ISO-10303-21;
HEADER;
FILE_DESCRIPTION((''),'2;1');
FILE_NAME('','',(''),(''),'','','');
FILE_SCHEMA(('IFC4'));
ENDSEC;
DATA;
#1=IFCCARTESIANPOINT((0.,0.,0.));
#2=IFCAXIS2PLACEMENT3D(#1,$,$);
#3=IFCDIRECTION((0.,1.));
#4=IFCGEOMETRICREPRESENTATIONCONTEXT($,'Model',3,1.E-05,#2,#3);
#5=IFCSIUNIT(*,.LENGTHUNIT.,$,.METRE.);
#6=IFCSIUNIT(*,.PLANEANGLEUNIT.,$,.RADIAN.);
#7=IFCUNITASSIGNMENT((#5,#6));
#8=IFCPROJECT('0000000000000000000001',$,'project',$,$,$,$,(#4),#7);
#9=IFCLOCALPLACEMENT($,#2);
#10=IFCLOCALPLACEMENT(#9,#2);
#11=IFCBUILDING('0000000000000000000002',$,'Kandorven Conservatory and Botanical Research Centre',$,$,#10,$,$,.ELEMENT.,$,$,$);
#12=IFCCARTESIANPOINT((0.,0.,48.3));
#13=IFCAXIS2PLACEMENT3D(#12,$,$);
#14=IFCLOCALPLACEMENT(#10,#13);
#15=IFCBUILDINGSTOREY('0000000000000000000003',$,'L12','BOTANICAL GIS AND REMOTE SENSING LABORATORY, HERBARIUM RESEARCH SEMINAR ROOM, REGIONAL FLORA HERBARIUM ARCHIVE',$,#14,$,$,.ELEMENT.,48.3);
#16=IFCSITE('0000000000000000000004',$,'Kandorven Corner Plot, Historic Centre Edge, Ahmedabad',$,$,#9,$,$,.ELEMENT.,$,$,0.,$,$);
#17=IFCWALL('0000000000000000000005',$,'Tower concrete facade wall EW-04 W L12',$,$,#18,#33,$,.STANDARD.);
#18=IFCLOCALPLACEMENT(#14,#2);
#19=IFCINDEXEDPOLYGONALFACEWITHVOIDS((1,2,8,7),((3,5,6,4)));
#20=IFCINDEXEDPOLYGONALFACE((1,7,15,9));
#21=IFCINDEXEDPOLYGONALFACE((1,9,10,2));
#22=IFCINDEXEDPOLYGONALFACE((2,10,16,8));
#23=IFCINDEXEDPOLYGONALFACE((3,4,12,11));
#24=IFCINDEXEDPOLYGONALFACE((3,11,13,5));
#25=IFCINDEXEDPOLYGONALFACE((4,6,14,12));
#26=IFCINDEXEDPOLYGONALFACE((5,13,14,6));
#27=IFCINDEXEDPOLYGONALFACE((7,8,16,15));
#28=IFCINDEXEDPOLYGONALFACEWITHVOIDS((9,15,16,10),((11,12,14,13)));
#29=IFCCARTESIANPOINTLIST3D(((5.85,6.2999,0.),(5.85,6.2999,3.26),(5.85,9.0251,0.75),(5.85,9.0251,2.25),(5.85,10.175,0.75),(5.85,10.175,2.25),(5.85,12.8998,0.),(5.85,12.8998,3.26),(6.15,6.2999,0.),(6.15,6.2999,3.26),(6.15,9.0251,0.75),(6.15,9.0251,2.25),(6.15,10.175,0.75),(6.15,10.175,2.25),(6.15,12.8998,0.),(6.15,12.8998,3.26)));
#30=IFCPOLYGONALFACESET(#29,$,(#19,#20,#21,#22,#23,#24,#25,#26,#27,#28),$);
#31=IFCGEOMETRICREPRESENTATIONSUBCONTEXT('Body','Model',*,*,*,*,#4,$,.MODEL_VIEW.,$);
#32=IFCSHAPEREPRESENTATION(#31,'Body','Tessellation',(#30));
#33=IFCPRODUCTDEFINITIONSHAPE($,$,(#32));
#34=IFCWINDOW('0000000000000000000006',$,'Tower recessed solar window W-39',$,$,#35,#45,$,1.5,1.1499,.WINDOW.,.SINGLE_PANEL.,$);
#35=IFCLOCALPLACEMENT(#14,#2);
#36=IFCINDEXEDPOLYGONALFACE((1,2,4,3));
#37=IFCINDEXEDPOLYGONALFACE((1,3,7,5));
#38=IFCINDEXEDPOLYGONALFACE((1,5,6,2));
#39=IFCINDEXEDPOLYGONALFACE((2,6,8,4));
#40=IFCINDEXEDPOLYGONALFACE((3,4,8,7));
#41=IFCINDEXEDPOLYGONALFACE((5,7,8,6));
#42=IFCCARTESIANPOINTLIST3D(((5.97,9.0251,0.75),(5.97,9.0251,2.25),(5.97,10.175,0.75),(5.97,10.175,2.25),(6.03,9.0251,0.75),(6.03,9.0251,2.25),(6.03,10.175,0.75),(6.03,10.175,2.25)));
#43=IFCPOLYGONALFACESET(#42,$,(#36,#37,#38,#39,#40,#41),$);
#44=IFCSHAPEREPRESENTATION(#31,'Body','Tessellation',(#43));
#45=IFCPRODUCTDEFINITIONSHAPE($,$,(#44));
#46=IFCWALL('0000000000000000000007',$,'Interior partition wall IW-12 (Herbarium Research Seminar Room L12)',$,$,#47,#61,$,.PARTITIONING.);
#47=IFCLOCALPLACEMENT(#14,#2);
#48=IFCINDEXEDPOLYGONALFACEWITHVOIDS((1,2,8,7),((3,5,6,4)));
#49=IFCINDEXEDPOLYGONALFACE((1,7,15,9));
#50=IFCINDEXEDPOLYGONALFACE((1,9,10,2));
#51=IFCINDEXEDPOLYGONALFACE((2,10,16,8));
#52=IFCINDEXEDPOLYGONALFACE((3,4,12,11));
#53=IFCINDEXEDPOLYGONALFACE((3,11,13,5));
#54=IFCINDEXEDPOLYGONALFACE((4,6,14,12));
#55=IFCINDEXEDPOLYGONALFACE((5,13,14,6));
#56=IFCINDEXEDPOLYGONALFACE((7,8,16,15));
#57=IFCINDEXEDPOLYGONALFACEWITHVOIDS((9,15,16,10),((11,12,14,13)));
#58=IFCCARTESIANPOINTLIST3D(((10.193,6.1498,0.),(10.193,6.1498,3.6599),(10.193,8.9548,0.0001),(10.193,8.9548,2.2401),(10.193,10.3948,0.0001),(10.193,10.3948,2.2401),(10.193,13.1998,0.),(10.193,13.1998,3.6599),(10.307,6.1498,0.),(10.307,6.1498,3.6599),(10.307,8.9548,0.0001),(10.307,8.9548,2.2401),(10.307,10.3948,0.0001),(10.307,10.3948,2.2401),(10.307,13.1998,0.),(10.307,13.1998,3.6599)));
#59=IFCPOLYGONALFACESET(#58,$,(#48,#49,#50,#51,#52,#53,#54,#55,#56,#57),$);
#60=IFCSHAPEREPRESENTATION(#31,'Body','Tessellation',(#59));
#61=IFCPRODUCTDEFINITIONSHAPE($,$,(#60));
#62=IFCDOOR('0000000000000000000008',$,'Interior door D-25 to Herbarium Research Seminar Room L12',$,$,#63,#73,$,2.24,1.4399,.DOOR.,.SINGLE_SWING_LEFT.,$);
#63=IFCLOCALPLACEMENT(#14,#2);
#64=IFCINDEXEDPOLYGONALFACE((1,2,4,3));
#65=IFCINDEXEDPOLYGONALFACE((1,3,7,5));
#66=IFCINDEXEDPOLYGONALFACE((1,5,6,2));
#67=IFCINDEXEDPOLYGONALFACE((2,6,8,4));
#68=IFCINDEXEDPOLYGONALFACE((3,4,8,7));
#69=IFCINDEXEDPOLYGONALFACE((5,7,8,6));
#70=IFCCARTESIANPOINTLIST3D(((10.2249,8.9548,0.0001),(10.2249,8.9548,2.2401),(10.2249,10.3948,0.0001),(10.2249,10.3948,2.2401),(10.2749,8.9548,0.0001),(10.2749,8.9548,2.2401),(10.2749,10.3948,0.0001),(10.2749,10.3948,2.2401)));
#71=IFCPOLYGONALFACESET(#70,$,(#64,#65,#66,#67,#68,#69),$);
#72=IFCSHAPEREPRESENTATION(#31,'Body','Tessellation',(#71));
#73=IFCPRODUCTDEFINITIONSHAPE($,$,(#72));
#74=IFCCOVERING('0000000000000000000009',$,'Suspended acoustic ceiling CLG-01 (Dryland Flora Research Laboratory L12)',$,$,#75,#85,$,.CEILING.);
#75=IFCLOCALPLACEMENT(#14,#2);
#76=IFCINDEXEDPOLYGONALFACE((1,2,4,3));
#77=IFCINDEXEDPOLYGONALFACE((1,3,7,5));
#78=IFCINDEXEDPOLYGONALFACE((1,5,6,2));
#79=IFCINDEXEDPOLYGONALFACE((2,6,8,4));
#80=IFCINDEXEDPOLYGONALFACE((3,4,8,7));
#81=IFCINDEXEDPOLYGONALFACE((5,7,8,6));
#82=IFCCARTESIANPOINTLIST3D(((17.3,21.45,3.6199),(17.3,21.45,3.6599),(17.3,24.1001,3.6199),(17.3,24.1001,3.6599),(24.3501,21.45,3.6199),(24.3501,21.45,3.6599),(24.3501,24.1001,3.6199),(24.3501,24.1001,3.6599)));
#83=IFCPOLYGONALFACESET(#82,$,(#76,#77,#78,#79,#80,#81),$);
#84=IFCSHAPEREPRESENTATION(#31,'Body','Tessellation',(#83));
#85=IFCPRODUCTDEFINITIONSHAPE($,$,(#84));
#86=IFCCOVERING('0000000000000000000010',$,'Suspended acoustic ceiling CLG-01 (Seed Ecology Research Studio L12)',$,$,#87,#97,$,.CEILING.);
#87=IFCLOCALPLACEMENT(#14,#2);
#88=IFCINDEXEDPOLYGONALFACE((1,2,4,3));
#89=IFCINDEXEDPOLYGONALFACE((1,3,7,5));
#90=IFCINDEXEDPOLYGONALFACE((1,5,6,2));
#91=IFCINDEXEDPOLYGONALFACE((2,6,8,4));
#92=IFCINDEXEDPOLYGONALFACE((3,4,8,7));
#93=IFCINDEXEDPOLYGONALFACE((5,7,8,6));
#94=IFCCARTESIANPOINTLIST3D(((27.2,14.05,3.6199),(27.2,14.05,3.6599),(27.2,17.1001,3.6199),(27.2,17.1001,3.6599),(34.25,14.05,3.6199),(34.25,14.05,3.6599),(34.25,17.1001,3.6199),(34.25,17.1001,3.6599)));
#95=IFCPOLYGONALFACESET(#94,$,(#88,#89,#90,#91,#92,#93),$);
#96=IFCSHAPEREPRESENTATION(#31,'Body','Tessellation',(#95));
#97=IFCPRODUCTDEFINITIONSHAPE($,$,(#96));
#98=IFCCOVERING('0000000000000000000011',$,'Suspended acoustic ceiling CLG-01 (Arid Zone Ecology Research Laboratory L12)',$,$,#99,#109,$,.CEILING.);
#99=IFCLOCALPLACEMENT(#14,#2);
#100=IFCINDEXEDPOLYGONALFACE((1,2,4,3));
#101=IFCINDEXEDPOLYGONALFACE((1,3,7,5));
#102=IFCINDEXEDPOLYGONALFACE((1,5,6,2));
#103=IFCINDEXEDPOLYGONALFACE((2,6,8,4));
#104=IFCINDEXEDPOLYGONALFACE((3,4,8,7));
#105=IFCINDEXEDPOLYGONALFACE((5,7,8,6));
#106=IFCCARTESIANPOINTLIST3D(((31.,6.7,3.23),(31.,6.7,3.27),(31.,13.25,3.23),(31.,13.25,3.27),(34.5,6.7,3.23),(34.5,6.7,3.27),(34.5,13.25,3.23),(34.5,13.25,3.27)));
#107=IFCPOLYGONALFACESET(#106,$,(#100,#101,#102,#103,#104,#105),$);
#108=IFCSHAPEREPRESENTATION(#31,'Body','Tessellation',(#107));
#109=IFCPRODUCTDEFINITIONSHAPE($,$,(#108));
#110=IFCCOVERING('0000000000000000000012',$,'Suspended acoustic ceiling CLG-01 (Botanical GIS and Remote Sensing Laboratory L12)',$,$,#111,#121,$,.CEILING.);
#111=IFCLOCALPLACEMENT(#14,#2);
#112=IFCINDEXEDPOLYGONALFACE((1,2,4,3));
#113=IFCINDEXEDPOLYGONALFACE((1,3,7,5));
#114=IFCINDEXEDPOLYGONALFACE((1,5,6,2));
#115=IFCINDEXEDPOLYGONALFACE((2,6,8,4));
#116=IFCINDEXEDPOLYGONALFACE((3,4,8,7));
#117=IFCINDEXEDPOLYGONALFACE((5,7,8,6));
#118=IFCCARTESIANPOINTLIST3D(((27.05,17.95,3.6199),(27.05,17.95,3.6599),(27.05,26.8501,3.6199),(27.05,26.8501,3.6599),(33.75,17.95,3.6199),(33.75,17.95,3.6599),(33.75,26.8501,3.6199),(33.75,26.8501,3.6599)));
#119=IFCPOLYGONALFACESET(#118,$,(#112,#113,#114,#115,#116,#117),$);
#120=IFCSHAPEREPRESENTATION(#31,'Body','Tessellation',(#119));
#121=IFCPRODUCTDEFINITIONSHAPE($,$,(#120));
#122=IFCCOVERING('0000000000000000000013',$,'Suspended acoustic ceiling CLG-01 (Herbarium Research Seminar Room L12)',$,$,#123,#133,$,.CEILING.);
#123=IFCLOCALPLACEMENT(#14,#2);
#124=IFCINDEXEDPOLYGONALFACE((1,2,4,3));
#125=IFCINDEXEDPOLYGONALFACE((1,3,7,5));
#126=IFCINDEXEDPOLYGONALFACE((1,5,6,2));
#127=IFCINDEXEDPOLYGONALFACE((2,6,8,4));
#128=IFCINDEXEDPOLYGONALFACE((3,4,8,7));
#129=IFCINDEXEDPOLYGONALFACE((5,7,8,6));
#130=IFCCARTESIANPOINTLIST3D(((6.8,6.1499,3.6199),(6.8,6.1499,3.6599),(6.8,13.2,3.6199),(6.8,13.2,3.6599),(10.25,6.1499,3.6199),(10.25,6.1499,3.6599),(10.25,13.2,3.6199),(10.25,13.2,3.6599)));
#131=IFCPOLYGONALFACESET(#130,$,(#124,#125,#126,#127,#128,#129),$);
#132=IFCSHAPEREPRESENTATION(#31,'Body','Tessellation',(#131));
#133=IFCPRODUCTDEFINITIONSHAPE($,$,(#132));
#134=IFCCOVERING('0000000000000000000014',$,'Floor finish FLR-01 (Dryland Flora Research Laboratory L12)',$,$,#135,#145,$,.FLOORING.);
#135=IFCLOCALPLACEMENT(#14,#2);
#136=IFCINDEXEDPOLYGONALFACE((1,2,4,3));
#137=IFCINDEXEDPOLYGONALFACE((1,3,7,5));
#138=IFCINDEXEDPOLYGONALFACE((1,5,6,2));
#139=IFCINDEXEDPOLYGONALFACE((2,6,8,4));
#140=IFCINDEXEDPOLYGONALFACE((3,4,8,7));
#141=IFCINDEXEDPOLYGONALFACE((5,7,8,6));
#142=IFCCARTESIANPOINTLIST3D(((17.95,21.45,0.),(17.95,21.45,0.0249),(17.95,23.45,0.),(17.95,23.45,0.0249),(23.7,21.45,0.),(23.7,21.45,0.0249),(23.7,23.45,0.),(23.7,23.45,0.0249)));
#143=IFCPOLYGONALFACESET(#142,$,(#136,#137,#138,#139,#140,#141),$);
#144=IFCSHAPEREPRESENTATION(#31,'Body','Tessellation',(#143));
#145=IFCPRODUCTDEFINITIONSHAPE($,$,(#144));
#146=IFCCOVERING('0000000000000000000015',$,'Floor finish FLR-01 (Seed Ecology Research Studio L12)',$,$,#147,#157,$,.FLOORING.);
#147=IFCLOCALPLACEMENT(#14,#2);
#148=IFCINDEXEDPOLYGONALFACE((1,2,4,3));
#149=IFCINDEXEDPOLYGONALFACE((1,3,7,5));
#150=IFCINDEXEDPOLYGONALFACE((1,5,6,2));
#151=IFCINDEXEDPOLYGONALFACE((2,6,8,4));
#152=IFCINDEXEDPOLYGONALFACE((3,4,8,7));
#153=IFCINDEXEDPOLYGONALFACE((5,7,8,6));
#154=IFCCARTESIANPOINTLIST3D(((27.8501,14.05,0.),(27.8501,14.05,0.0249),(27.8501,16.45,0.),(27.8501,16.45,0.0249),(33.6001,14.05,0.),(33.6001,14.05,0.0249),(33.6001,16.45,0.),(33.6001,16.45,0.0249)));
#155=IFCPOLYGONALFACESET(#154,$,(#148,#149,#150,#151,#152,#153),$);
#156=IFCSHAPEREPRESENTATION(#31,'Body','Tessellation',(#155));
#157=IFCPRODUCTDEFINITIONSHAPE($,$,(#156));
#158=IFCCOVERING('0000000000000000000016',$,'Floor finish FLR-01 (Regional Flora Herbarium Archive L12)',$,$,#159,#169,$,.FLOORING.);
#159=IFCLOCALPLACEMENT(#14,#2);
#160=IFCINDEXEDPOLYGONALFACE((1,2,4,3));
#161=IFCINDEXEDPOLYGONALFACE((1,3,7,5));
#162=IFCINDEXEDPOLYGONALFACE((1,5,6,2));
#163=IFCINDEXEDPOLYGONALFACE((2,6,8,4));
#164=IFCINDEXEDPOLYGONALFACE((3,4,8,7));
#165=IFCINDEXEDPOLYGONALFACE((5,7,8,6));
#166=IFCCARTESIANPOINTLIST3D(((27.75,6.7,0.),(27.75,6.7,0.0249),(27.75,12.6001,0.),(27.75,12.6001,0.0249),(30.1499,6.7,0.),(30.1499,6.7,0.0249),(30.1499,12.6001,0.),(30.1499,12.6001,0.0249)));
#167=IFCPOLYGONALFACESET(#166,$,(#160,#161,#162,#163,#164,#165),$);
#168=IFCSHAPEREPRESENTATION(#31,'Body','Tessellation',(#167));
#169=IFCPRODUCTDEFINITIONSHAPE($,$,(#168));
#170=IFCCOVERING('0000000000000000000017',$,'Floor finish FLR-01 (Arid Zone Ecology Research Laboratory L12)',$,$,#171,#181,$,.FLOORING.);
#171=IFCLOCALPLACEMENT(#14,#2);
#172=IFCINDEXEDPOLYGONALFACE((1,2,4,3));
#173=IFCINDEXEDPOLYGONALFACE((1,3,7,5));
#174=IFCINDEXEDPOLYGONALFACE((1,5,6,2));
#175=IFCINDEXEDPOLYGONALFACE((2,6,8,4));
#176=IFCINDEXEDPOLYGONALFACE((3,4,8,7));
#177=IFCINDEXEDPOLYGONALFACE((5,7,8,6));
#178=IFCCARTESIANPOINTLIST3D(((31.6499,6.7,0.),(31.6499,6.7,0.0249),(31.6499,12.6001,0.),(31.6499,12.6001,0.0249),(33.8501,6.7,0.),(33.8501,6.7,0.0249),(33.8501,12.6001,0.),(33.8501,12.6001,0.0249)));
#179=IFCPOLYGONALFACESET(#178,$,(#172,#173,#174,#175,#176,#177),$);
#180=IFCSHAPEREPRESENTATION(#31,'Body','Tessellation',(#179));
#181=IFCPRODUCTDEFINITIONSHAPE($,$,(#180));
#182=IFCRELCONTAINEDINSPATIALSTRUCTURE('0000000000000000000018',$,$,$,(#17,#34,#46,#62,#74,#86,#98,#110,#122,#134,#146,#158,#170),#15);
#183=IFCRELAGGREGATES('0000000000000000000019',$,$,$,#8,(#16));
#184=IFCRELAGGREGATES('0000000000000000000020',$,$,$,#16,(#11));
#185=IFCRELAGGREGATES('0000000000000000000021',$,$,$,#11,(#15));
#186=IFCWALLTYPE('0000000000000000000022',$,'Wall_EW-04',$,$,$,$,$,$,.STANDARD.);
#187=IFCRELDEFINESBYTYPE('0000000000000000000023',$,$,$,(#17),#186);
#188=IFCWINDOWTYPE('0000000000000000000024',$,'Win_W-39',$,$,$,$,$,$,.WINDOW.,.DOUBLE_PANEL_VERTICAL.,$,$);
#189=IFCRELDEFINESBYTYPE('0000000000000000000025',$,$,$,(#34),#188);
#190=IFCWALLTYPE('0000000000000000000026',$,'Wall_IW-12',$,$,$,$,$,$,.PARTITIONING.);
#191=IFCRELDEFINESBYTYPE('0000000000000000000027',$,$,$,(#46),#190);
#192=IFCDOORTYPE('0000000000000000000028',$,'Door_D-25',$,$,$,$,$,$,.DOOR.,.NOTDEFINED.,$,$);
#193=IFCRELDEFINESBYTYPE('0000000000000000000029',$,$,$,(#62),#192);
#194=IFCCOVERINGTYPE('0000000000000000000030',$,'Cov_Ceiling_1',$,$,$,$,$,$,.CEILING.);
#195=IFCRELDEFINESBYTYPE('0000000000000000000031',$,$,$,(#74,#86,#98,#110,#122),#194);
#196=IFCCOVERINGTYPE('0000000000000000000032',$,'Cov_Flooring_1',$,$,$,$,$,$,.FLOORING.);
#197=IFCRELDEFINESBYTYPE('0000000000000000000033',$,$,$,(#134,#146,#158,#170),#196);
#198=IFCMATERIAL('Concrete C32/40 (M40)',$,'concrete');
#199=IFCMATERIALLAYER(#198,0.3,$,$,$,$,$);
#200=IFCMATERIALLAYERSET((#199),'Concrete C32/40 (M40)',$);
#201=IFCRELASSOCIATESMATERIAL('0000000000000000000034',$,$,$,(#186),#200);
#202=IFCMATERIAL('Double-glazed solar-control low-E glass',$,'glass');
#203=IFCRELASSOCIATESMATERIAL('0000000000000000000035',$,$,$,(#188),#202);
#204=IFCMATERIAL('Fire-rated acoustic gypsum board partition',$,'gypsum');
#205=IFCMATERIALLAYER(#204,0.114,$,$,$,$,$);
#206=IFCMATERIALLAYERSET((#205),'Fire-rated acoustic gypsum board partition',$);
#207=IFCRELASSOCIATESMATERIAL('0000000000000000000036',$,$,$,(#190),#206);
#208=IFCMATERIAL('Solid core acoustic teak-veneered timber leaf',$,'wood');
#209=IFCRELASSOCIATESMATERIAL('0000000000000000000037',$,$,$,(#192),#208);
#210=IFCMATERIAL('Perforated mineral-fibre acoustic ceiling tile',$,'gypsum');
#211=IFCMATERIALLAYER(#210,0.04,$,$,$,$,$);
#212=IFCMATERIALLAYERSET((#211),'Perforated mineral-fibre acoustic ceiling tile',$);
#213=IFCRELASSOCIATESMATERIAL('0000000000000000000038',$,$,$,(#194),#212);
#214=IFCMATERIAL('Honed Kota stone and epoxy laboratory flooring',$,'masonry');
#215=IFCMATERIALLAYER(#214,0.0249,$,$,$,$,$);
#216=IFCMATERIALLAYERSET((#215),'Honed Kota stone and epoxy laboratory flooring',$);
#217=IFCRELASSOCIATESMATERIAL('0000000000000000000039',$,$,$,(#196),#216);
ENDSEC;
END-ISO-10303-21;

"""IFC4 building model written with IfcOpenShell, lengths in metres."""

from ifc_helpers import new_model, si_unit, direction, frame, frame_2d, origin, place, context, subcontext, project, spatial, polyline, rectangle, outline, extrude, material, layer, layer_set, type_object, element, fill, save


model = new_model("IFC4")

# Units and contexts
model_context = context("Model", 3, precision=1e-05, world=origin(), true_north=direction((0.0, 1.0)))
body_context = subcontext(model_context, "Body", "Model", "MODEL_VIEW")
ifc_project = project(units=[si_unit("LENGTHUNIT", "METRE"), si_unit("PLANEANGLEUNIT", "RADIAN")], contexts=[model_context])

# Site, building, storey
site_placement = place(None, origin())
site = spatial("IfcSite", under=ifc_project, at=site_placement, Name="Kandorven Corner Plot, Historic Centre Edge, Ahmedabad", CompositionType="ELEMENT", RefElevation=0.0)
building_placement = place(site_placement, origin())
building = spatial("IfcBuilding", under=site, at=building_placement, Name="Kandorven Conservatory and Botanical Research Centre", CompositionType="ELEMENT")
storey_placement = place(building_placement, frame((0.0, 0.0, 48.3)))
storey = spatial("IfcBuildingStorey", under=building, at=storey_placement, Name="L12", Description="BOTANICAL GIS AND REMOTE SENSING LABORATORY, HERBARIUM RESEARCH SEMINAR ROOM, REGIONAL FLORA HERBARIUM ARCHIVE", CompositionType="ELEMENT", Elevation=48.3)

# Wall, opening, window
ifc_material_1 = material(Name="Concrete C32/40 (M40)", Category="concrete")
ifc_layer_1 = layer(ifc_material_1, 0.3)
ifc_layer_set_1 = layer_set([ifc_layer_1], Name="Concrete C32/40 (M40)")
wall_type_1 = type_object("IfcWallType", Name="Wall_EW-04", PredefinedType="STANDARD", material=ifc_layer_set_1)
wall_1_placement = place(storey_placement, frame((6.0, 6.3, 0.0), z_axis=(0.0, 0.0, 1.0), x_axis=(0.0, 1.0, 0.0)))
wall_1 = element("IfcWall", 1, at=wall_1_placement, inside=storey, type_object=wall_type_1, Name="Tower concrete facade wall EW-04 W L12", PredefinedType="STANDARD", context=body_context, shape_type="SweptSolid", body=[
    extrude(rectangle(XDim=6.5999, YDim=0.3, at=frame_2d((3.2998, 0.0))), origin(), (0.0, 0.0, 1.0), 3.26),
])
opening_1_placement = place(wall_1_placement, frame((2.7251, 0.0, 0.75)))
opening_1 = element("IfcOpeningElement", 2, at=opening_1_placement, cuts=wall_1, PredefinedType="OPENING", context=body_context, shape_type="SweptSolid", body=[
    extrude(rectangle(XDim=1.1499, YDim=1.5, at=frame_2d((0.575, 0.75))), frame((0.0, 0.1599, 0.0), z_axis=(0.0, -1.0, 0.0), x_axis=(1.0, 0.0, 0.0)), (0.0, 0.0, 1.0), 0.3201),
])
ifc_material_2 = material(Name="Double-glazed solar-control low-E glass", Category="glass")
window_type_1 = type_object("IfcWindowType", Name="Win_W-39", PartitioningType="DOUBLE_PANEL_VERTICAL", PredefinedType="WINDOW", material=ifc_material_2)
window_1_placement = place(opening_1_placement, origin())
window_1 = element("IfcWindow", 3, at=window_1_placement, inside=storey, type_object=window_type_1, Name="Tower recessed solar window W-39", OverallHeight=1.5, OverallWidth=1.1499, PartitioningType="SINGLE_PANEL", PredefinedType="WINDOW", context=body_context, shape_type="SweptSolid", body=[
    extrude(rectangle(XDim=1.1499, YDim=1.5, at=frame_2d((0.575, 0.75))), frame((0.0, 0.03, 0.0), z_axis=(0.0, -1.0, 0.0), x_axis=(1.0, 0.0, 0.0)), (0.0, 0.0, 1.0), 0.0601),
])
fill(opening_1, window_1)

# Wall, opening, door
ifc_material_3 = material(Name="Fire-rated acoustic gypsum board partition", Category="gypsum")
ifc_layer_2 = layer(ifc_material_3, 0.114)
ifc_layer_set_2 = layer_set([ifc_layer_2], Name="Fire-rated acoustic gypsum board partition")
wall_type_2 = type_object("IfcWallType", Name="Wall_IW-12", PredefinedType="PARTITIONING", material=ifc_layer_set_2)
wall_2_placement = place(storey_placement, frame((10.25, 6.1499, 0.0), z_axis=(0.0, 0.0, 1.0), x_axis=(0.0, 1.0, 0.0)))
wall_2 = element("IfcWall", 4, at=wall_2_placement, inside=storey, type_object=wall_type_2, Name="Interior partition wall IW-12 (Herbarium Research Seminar Room L12)", PredefinedType="PARTITIONING", context=body_context, shape_type="SweptSolid", body=[
    extrude(rectangle(XDim=7.05, YDim=0.114, at=frame_2d((3.5249, 0.0))), origin(), (0.0, 0.0, 1.0), 3.6599),
])
opening_2_placement = place(wall_2_placement, frame((2.8049, 0.0, 0.0)))
opening_2 = element("IfcOpeningElement", 5, at=opening_2_placement, cuts=wall_2, PredefinedType="OPENING", context=body_context, shape_type="SweptSolid", body=[
    extrude(rectangle(XDim=1.4399, YDim=2.24, at=frame_2d((0.72, 1.1201))), frame((0.0, 0.0669, 0.0), z_axis=(0.0, -1.0, 0.0), x_axis=(1.0, 0.0, 0.0)), (0.0, 0.0, 1.0), 0.134),
])
ifc_material_4 = material(Name="Solid core acoustic teak-veneered timber leaf", Category="wood")
door_type = type_object("IfcDoorType", Name="Door_D-25", OperationType="NOTDEFINED", PredefinedType="DOOR", material=ifc_material_4)
door_placement = place(opening_2_placement, frame((1.4399, 0.0, 0.0), z_axis=(0.0, 0.0, 1.0), x_axis=(-1.0, 0.0, 0.0)))
door = element("IfcDoor", 6, at=door_placement, inside=storey, type_object=door_type, Name="Interior door D-25 to Herbarium Research Seminar Room L12", OperationType="SINGLE_SWING_LEFT", OverallHeight=2.24, OverallWidth=1.4399, PredefinedType="DOOR", context=body_context, shape_type="SweptSolid", body=[
    extrude(rectangle(XDim=1.4399, YDim=2.24, at=frame_2d((0.72, 1.1201))), frame((0.0, 0.0249, 0.0), z_axis=(0.0, -1.0, 0.0), x_axis=(1.0, 0.0, 0.0)), (0.0, 0.0, 1.0), 0.05),
])
fill(opening_2, door)

# Coverings
ifc_material_5 = material(Name="Perforated mineral-fibre acoustic ceiling tile", Category="gypsum")
ifc_layer_3 = layer(ifc_material_5, 0.04)
ifc_layer_set_3 = layer_set([ifc_layer_3], Name="Perforated mineral-fibre acoustic ceiling tile")
covering_type_1 = type_object("IfcCoveringType", Name="Cov_Ceiling_1", PredefinedType="CEILING", material=ifc_layer_set_3)
covering_1_placement = place(storey_placement, frame((0.0, 0.0, 3.6199)))
element("IfcCovering", 7, at=covering_1_placement, inside=storey, type_object=covering_type_1, Name="Suspended acoustic ceiling CLG-01 (Dryland Flora Research Laboratory L12)", PredefinedType="CEILING", context=body_context, shape_type="SweptSolid", body=[
    extrude(outline(polyline([(17.3, 21.45), (24.3501, 21.45), (24.3501, 24.1001), (17.3, 24.1001), (17.3, 21.45)])), origin(), (0.0, 0.0, 1.0), 0.04),
])
covering_2_placement = place(storey_placement, frame((0.0, 0.0, 3.6199)))
element("IfcCovering", 8, at=covering_2_placement, inside=storey, type_object=covering_type_1, Name="Suspended acoustic ceiling CLG-01 (Seed Ecology Research Studio L12)", PredefinedType="CEILING", context=body_context, shape_type="SweptSolid", body=[
    extrude(outline(polyline([(27.2, 14.05), (34.25, 14.05), (34.25, 17.1001), (27.2, 17.1001), (27.2, 14.05)])), origin(), (0.0, 0.0, 1.0), 0.04),
])
covering_3_placement = place(storey_placement, frame((0.0, 0.0, 3.23)))
element("IfcCovering", 9, at=covering_3_placement, inside=storey, type_object=covering_type_1, Name="Suspended acoustic ceiling CLG-01 (Arid Zone Ecology Research Laboratory L12)", PredefinedType="CEILING", context=body_context, shape_type="SweptSolid", body=[
    extrude(outline(polyline([(31.0, 6.7), (34.5, 6.7), (34.5, 13.25), (31.0, 13.25), (31.0, 6.7)])), origin(), (0.0, 0.0, 1.0), 0.04),
])
covering_4_placement = place(storey_placement, frame((0.0, 0.0, 3.6199)))
element("IfcCovering", 10, at=covering_4_placement, inside=storey, type_object=covering_type_1, Name="Suspended acoustic ceiling CLG-01 (Botanical GIS and Remote Sensing Laboratory L12)", PredefinedType="CEILING", context=body_context, shape_type="SweptSolid", body=[
    extrude(outline(polyline([(27.05, 17.95), (33.75, 17.95), (33.75, 26.8501), (27.05, 26.8501), (27.05, 17.95)])), origin(), (0.0, 0.0, 1.0), 0.04),
])
covering_5_placement = place(storey_placement, frame((0.0, 0.0, 3.6199)))
element("IfcCovering", 11, at=covering_5_placement, inside=storey, type_object=covering_type_1, Name="Suspended acoustic ceiling CLG-01 (Herbarium Research Seminar Room L12)", PredefinedType="CEILING", context=body_context, shape_type="SweptSolid", body=[
    extrude(outline(polyline([(6.8, 6.1499), (10.25, 6.1499), (10.25, 13.2), (6.8, 13.2), (6.8, 6.1499)])), origin(), (0.0, 0.0, 1.0), 0.04),
])
ifc_material_6 = material(Name="Honed Kota stone and epoxy laboratory flooring", Category="masonry")
ifc_layer_4 = layer(ifc_material_6, 0.0249)
ifc_layer_set_4 = layer_set([ifc_layer_4], Name="Honed Kota stone and epoxy laboratory flooring")
covering_type_2 = type_object("IfcCoveringType", Name="Cov_Flooring_1", PredefinedType="FLOORING", material=ifc_layer_set_4)
covering_6_placement = place(storey_placement, origin())
element("IfcCovering", 12, at=covering_6_placement, inside=storey, type_object=covering_type_2, Name="Floor finish FLR-01 (Dryland Flora Research Laboratory L12)", PredefinedType="FLOORING", context=body_context, shape_type="SweptSolid", body=[
    extrude(outline(polyline([(17.95, 21.45), (23.7, 21.45), (23.7, 23.45), (17.95, 23.45), (17.95, 21.45)])), origin(), (0.0, 0.0, 1.0), 0.0249),
])
covering_7_placement = place(storey_placement, origin())
element("IfcCovering", 13, at=covering_7_placement, inside=storey, type_object=covering_type_2, Name="Floor finish FLR-01 (Seed Ecology Research Studio L12)", PredefinedType="FLOORING", context=body_context, shape_type="SweptSolid", body=[
    extrude(outline(polyline([(27.8501, 14.05), (33.6001, 14.05), (33.6001, 16.45), (27.8501, 16.45), (27.8501, 14.05)])), origin(), (0.0, 0.0, 1.0), 0.0249),
])
covering_8_placement = place(storey_placement, origin())
element("IfcCovering", 14, at=covering_8_placement, inside=storey, type_object=covering_type_2, Name="Floor finish FLR-01 (Regional Flora Herbarium Archive L12)", PredefinedType="FLOORING", context=body_context, shape_type="SweptSolid", body=[
    extrude(outline(polyline([(27.75, 6.7), (30.1499, 6.7), (30.1499, 12.6001), (27.75, 12.6001), (27.75, 6.7)])), origin(), (0.0, 0.0, 1.0), 0.0249),
])
covering_9_placement = place(storey_placement, origin())
element("IfcCovering", 15, at=covering_9_placement, inside=storey, type_object=covering_type_2, Name="Floor finish FLR-01 (Arid Zone Ecology Research Laboratory L12)", PredefinedType="FLOORING", context=body_context, shape_type="SweptSolid", body=[
    extrude(outline(polyline([(31.6499, 6.7), (33.8501, 6.7), (33.8501, 12.6001), (31.6499, 12.6001), (31.6499, 6.7)])), origin(), (0.0, 0.0, 1.0), 0.0249),
])

save(model, "model.ifc")
